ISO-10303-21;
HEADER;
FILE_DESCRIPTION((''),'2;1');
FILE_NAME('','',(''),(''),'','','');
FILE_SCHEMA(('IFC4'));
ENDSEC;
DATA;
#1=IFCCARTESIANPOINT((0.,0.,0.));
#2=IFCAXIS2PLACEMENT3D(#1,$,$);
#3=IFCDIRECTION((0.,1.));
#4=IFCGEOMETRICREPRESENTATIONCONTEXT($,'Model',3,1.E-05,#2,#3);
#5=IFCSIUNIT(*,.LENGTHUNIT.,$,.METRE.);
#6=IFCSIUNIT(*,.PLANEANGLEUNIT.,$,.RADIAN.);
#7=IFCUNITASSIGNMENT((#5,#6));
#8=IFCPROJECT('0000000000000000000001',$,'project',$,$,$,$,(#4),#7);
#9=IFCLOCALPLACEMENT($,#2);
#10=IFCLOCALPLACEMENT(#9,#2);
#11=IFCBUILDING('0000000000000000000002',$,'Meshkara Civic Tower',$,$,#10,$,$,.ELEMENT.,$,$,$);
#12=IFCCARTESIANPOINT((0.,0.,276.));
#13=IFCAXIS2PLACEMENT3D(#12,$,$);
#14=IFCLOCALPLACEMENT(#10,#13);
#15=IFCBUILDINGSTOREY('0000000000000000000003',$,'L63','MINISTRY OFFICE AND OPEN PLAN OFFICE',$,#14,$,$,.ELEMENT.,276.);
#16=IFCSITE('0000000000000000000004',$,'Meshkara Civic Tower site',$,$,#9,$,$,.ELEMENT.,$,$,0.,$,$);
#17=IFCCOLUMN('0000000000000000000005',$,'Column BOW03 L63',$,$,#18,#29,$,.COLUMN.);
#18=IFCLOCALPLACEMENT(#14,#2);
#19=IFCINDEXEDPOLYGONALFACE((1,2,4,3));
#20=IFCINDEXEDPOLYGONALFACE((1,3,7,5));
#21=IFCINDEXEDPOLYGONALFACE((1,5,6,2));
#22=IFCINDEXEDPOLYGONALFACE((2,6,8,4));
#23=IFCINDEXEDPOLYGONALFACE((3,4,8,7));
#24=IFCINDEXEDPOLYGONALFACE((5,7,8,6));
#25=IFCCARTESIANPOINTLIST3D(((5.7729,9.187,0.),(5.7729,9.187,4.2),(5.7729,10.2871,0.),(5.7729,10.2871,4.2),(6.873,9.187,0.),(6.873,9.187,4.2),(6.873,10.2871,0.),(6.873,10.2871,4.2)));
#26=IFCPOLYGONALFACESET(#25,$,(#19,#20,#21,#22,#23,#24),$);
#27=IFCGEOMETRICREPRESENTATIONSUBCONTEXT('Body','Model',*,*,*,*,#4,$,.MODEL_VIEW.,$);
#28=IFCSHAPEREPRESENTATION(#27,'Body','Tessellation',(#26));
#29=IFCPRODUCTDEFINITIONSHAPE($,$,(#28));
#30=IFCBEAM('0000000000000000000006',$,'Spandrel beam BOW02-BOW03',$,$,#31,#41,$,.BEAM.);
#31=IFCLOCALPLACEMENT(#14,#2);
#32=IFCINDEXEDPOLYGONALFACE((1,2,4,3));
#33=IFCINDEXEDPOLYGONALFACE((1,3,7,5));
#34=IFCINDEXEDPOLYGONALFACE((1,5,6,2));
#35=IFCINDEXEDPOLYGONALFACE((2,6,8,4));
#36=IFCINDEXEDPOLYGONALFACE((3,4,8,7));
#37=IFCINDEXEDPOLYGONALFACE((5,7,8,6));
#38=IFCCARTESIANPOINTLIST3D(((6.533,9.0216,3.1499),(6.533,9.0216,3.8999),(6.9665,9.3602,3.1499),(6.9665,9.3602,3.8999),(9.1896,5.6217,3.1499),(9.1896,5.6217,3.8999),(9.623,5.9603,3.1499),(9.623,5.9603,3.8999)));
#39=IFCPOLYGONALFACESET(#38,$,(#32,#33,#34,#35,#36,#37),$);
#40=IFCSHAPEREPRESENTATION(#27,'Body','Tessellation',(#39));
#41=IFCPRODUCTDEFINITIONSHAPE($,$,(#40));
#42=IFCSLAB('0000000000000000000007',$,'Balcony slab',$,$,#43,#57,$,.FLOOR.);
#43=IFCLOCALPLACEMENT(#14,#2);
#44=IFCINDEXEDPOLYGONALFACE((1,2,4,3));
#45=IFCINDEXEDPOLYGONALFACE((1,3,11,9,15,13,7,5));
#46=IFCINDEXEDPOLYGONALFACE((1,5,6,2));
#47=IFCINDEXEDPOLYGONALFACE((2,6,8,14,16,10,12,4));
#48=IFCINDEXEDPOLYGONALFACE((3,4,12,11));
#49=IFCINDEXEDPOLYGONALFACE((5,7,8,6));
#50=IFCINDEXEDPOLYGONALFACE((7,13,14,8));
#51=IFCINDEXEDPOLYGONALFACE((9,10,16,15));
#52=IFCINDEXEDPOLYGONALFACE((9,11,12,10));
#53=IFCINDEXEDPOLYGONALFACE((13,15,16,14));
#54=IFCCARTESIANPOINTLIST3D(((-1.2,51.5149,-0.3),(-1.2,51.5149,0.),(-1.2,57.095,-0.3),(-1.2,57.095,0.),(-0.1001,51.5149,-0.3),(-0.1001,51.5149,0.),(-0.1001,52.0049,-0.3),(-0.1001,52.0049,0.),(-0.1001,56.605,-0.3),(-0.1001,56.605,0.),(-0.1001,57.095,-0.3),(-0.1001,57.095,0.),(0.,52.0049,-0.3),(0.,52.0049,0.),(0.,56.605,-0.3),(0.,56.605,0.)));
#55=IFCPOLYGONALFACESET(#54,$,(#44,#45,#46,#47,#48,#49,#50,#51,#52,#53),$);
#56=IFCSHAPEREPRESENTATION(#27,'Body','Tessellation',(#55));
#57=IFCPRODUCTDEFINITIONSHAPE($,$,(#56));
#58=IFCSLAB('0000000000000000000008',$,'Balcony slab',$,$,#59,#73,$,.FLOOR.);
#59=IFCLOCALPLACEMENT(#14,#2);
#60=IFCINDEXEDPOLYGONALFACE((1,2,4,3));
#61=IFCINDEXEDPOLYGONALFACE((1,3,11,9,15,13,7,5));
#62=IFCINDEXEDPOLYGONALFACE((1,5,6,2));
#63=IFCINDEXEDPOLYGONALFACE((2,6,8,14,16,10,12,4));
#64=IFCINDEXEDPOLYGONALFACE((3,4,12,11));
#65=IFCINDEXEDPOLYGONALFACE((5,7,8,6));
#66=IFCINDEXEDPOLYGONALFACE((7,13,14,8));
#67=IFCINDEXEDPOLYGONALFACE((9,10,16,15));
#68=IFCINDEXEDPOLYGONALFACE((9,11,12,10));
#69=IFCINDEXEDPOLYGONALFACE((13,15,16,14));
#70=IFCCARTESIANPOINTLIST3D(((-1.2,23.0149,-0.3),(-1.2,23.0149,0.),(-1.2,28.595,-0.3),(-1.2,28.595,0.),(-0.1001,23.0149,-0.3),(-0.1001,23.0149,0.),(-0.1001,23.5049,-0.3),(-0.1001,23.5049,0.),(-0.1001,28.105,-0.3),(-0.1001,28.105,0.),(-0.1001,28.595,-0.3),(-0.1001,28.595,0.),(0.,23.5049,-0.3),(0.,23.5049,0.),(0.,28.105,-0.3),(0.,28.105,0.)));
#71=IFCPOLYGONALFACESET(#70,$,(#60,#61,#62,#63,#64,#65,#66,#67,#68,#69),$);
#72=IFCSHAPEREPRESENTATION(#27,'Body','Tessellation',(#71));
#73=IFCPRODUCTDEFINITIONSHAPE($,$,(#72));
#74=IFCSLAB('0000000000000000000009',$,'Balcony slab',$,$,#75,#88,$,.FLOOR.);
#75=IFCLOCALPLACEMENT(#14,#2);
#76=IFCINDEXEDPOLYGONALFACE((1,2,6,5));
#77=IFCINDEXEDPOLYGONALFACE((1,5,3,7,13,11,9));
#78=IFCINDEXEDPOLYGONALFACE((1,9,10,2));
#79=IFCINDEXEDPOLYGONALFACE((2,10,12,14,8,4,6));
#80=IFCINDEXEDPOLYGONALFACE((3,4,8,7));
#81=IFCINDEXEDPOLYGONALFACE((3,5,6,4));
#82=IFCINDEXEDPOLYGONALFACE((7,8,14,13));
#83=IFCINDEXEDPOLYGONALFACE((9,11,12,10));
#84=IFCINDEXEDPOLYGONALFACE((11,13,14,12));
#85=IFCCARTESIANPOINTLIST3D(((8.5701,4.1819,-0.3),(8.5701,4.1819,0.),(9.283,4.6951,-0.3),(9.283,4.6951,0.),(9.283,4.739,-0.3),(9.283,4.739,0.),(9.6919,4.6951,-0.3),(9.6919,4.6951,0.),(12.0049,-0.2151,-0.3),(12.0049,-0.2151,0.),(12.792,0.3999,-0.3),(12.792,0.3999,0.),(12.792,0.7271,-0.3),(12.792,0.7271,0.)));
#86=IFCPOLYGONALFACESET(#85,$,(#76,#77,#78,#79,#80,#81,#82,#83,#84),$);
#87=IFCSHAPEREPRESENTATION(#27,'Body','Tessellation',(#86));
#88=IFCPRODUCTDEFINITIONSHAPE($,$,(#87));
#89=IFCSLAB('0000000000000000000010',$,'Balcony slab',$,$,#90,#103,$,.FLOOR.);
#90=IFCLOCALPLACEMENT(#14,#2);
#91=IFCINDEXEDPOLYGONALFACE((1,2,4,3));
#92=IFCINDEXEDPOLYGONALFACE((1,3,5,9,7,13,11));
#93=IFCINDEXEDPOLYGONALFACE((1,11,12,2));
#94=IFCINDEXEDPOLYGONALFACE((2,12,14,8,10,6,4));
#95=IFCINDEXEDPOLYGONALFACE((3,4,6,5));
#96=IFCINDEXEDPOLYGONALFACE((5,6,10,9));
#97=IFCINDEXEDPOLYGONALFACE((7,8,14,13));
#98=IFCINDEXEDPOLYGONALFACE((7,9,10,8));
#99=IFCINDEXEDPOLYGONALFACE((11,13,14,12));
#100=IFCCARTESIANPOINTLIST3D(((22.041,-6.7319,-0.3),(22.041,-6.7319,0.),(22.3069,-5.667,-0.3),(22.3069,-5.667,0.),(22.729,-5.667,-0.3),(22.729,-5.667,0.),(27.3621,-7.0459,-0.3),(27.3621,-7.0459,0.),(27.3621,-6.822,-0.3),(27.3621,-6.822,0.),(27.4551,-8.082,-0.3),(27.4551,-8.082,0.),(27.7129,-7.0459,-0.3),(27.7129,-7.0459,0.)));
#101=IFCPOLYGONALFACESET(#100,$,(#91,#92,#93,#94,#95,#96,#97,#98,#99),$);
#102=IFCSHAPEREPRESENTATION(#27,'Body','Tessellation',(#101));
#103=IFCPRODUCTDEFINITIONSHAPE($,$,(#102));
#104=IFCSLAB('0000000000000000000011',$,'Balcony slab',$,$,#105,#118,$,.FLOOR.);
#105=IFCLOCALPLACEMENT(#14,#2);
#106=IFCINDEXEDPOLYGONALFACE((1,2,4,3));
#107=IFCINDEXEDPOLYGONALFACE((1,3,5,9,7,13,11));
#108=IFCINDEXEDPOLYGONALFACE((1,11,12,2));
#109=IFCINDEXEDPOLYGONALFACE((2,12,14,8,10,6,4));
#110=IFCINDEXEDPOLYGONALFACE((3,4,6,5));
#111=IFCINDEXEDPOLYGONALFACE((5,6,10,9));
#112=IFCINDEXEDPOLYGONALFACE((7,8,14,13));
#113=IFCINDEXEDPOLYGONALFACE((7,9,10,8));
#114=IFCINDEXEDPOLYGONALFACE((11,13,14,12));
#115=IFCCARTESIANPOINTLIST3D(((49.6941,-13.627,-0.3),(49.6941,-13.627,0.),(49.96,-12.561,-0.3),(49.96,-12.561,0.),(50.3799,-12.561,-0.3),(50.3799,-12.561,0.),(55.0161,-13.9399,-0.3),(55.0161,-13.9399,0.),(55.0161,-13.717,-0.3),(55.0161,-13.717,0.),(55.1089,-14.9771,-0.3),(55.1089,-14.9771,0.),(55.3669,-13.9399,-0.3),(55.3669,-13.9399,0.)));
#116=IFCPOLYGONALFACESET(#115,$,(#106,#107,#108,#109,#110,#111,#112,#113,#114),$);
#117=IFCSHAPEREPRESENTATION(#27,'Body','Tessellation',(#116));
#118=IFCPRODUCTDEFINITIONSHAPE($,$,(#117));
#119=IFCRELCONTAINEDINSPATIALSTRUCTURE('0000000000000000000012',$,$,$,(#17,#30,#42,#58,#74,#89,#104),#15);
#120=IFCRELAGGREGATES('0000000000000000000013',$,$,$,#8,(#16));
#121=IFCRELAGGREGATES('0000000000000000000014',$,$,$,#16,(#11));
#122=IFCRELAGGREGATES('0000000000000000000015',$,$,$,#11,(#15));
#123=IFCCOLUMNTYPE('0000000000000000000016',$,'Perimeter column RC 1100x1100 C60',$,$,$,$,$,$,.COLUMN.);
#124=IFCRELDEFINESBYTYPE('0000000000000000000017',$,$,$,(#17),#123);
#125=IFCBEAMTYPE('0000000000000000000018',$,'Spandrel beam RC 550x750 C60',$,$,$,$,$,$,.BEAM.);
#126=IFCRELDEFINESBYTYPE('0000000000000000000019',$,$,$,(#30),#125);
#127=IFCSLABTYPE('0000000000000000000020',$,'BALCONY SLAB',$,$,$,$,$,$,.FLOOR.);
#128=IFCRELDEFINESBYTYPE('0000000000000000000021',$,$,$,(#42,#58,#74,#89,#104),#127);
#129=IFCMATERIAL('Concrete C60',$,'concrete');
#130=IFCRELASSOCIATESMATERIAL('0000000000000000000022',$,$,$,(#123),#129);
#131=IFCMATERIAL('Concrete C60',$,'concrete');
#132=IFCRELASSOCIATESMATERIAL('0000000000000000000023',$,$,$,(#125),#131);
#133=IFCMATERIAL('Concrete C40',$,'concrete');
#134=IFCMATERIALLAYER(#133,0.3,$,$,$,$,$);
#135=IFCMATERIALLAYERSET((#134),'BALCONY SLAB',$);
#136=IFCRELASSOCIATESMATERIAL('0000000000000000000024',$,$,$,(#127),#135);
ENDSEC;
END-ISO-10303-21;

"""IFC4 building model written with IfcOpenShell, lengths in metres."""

from ifc_helpers import new_model, si_unit, direction, frame, origin, origin_2d, place, context, subcontext, project, spatial, polyline, rectangle, outline, extrude, material, layer, layer_set, material_profile, profile_set, type_object, element, save


model = new_model("IFC4")

# Units and contexts
model_context = context("Model", 3, precision=1e-05, world=origin(), true_north=direction((0.0, 1.0)))
body_context = subcontext(model_context, "Body", "Model", "MODEL_VIEW")
ifc_project = project(units=[si_unit("LENGTHUNIT", "METRE"), si_unit("PLANEANGLEUNIT", "RADIAN")], contexts=[model_context])

# Site, building, storey
site_placement = place(None, origin())
site = spatial("IfcSite", under=ifc_project, at=site_placement, Name="Meshkara Civic Tower site", CompositionType="ELEMENT", RefElevation=0.0)
building_placement = place(site_placement, origin())
building = spatial("IfcBuilding", under=site, at=building_placement, Name="Meshkara Civic Tower", CompositionType="ELEMENT")
storey_placement = place(building_placement, frame((0.0, 0.0, 276.0)))
storey = spatial("IfcBuildingStorey", under=building, at=storey_placement, Name="L63", Description="MINISTRY OFFICE AND OPEN PLAN OFFICE", CompositionType="ELEMENT", Elevation=276.0)

# Column
ifc_material_1 = material(Name="Concrete C60", Category="concrete")
ifc_material_profile_1 = material_profile(ifc_material_1, rectangle(XDim=1.1001, YDim=1.1001, at=origin_2d()))
ifc_profile_set_1 = profile_set([ifc_material_profile_1], Name="Concrete C60")
column_type = type_object("IfcColumnType", Name="Perimeter column RC 1100x1100 C60", PredefinedType="COLUMN", material=ifc_profile_set_1)
column_placement = place(storey_placement, frame((6.323, 9.7371, 0.0), z_axis=(0.0, 0.0, 1.0), x_axis=(1.0, 0.0, 0.0)))
element("IfcColumn", 1, at=column_placement, inside=storey, type_object=column_type, Name="Column BOW03 L63", PredefinedType="COLUMN", context=body_context, shape_type="SweptSolid", body=[
    extrude(rectangle(XDim=1.1001, YDim=1.1001, at=origin_2d()), origin(), (0.0, 0.0, 1.0), 4.2),
])

# Beam
ifc_material_2 = material(Name="Concrete C60", Category="concrete")
ifc_material_profile_2 = material_profile(ifc_material_2, rectangle(XDim=0.55, YDim=0.75, at=origin_2d()))
ifc_profile_set_2 = profile_set([ifc_material_profile_2], Name="Concrete C60")
beam_type = type_object("IfcBeamType", Name="Spandrel beam RC 550x750 C60", PredefinedType="BEAM", material=ifc_profile_set_2)
beam_placement = place(storey_placement, frame((6.7498, 9.1909, 3.5249), z_axis=(0.61569, -0.787988, 0.0), x_axis=(0.787988, 0.61569, 0.0)))
element("IfcBeam", 2, at=beam_placement, inside=storey, type_object=beam_type, Name="Spandrel beam BOW02-BOW03", PredefinedType="BEAM", context=body_context, shape_type="SweptSolid", body=[
    extrude(rectangle(XDim=0.55, YDim=0.75, at=origin_2d()), origin(), (0.0, 0.0, 1.0), 4.3147),
])

# Slabs
ifc_material_3 = material(Name="Concrete C40", Category="concrete")
ifc_layer_1 = layer(ifc_material_3, 0.3)
ifc_layer_set_1 = layer_set([ifc_layer_1], Name="BALCONY SLAB")
slab_type_1 = type_object("IfcSlabType", Name="BALCONY SLAB", PredefinedType="FLOOR", material=ifc_layer_set_1)
slab_1_placement = place(storey_placement, frame((0.0, 0.0, -0.3)))
element("IfcSlab", 3, at=slab_1_placement, inside=storey, type_object=slab_type_1, Name="Balcony slab", PredefinedType="FLOOR", context=body_context, shape_type="SweptSolid", body=[
    extrude(outline(polyline([(-1.2, 51.5149), (-1.2, 57.095), (-0.1001, 57.095), (-0.1001, 56.605), (0.0, 56.605), (0.0, 52.0049), (-0.1001, 52.0049), (-0.1001, 51.5149), (-1.2, 51.5149)])), origin(), (0.0, 0.0, 1.0), 0.3),
])
slab_2_placement = place(storey_placement, frame((0.0, 0.0, -0.3)))
element("IfcSlab", 4, at=slab_2_placement, inside=storey, type_object=slab_type_1, Name="Balcony slab", PredefinedType="FLOOR", context=body_context, shape_type="SweptSolid", body=[
    extrude(outline(polyline([(-1.2, 23.0149), (-1.2, 28.595), (-0.1001, 28.595), (-0.1001, 28.105), (0.0, 28.105), (0.0, 23.5049), (-0.1001, 23.5049), (-0.1001, 23.0149), (-1.2, 23.0149)])), origin(), (0.0, 0.0, 1.0), 0.3),
])
slab_3_placement = place(storey_placement, frame((0.0, 0.0, -0.3)))
element("IfcSlab", 5, at=slab_3_placement, inside=storey, type_object=slab_type_1, Name="Balcony slab", PredefinedType="FLOOR", context=body_context, shape_type="SweptSolid", body=[
    extrude(outline(polyline([(12.0049, -0.2151), (8.5701, 4.1819), (9.283, 4.739), (9.283, 4.6951), (9.6919, 4.6951), (12.792, 0.7271), (12.792, 0.3999), (12.0049, -0.2151)])), origin(), (0.0, 0.0, 1.0), 0.3),
])
slab_4_placement = place(storey_placement, frame((0.0, 0.0, -0.3)))
element("IfcSlab", 6, at=slab_4_placement, inside=storey, type_object=slab_type_1, Name="Balcony slab", PredefinedType="FLOOR", context=body_context, shape_type="SweptSolid", body=[
    extrude(outline(polyline([(27.4551, -8.082), (22.041, -6.7319), (22.3069, -5.667), (22.729, -5.667), (27.3621, -6.822), (27.3621, -7.0459), (27.7129, -7.0459), (27.4551, -8.082)])), origin(), (0.0, 0.0, 1.0), 0.3),
])
slab_5_placement = place(storey_placement, frame((0.0, 0.0, -0.3)))
element("IfcSlab", 7, at=slab_5_placement, inside=storey, type_object=slab_type_1, Name="Balcony slab", PredefinedType="FLOOR", context=body_context, shape_type="SweptSolid", body=[
    extrude(outline(polyline([(55.1089, -14.9771), (49.6941, -13.627), (49.96, -12.561), (50.3799, -12.561), (55.0161, -13.717), (55.0161, -13.9399), (55.3669, -13.9399), (55.1089, -14.9771)])), origin(), (0.0, 0.0, 1.0), 0.3),
])

save(model, "model.ifc")
